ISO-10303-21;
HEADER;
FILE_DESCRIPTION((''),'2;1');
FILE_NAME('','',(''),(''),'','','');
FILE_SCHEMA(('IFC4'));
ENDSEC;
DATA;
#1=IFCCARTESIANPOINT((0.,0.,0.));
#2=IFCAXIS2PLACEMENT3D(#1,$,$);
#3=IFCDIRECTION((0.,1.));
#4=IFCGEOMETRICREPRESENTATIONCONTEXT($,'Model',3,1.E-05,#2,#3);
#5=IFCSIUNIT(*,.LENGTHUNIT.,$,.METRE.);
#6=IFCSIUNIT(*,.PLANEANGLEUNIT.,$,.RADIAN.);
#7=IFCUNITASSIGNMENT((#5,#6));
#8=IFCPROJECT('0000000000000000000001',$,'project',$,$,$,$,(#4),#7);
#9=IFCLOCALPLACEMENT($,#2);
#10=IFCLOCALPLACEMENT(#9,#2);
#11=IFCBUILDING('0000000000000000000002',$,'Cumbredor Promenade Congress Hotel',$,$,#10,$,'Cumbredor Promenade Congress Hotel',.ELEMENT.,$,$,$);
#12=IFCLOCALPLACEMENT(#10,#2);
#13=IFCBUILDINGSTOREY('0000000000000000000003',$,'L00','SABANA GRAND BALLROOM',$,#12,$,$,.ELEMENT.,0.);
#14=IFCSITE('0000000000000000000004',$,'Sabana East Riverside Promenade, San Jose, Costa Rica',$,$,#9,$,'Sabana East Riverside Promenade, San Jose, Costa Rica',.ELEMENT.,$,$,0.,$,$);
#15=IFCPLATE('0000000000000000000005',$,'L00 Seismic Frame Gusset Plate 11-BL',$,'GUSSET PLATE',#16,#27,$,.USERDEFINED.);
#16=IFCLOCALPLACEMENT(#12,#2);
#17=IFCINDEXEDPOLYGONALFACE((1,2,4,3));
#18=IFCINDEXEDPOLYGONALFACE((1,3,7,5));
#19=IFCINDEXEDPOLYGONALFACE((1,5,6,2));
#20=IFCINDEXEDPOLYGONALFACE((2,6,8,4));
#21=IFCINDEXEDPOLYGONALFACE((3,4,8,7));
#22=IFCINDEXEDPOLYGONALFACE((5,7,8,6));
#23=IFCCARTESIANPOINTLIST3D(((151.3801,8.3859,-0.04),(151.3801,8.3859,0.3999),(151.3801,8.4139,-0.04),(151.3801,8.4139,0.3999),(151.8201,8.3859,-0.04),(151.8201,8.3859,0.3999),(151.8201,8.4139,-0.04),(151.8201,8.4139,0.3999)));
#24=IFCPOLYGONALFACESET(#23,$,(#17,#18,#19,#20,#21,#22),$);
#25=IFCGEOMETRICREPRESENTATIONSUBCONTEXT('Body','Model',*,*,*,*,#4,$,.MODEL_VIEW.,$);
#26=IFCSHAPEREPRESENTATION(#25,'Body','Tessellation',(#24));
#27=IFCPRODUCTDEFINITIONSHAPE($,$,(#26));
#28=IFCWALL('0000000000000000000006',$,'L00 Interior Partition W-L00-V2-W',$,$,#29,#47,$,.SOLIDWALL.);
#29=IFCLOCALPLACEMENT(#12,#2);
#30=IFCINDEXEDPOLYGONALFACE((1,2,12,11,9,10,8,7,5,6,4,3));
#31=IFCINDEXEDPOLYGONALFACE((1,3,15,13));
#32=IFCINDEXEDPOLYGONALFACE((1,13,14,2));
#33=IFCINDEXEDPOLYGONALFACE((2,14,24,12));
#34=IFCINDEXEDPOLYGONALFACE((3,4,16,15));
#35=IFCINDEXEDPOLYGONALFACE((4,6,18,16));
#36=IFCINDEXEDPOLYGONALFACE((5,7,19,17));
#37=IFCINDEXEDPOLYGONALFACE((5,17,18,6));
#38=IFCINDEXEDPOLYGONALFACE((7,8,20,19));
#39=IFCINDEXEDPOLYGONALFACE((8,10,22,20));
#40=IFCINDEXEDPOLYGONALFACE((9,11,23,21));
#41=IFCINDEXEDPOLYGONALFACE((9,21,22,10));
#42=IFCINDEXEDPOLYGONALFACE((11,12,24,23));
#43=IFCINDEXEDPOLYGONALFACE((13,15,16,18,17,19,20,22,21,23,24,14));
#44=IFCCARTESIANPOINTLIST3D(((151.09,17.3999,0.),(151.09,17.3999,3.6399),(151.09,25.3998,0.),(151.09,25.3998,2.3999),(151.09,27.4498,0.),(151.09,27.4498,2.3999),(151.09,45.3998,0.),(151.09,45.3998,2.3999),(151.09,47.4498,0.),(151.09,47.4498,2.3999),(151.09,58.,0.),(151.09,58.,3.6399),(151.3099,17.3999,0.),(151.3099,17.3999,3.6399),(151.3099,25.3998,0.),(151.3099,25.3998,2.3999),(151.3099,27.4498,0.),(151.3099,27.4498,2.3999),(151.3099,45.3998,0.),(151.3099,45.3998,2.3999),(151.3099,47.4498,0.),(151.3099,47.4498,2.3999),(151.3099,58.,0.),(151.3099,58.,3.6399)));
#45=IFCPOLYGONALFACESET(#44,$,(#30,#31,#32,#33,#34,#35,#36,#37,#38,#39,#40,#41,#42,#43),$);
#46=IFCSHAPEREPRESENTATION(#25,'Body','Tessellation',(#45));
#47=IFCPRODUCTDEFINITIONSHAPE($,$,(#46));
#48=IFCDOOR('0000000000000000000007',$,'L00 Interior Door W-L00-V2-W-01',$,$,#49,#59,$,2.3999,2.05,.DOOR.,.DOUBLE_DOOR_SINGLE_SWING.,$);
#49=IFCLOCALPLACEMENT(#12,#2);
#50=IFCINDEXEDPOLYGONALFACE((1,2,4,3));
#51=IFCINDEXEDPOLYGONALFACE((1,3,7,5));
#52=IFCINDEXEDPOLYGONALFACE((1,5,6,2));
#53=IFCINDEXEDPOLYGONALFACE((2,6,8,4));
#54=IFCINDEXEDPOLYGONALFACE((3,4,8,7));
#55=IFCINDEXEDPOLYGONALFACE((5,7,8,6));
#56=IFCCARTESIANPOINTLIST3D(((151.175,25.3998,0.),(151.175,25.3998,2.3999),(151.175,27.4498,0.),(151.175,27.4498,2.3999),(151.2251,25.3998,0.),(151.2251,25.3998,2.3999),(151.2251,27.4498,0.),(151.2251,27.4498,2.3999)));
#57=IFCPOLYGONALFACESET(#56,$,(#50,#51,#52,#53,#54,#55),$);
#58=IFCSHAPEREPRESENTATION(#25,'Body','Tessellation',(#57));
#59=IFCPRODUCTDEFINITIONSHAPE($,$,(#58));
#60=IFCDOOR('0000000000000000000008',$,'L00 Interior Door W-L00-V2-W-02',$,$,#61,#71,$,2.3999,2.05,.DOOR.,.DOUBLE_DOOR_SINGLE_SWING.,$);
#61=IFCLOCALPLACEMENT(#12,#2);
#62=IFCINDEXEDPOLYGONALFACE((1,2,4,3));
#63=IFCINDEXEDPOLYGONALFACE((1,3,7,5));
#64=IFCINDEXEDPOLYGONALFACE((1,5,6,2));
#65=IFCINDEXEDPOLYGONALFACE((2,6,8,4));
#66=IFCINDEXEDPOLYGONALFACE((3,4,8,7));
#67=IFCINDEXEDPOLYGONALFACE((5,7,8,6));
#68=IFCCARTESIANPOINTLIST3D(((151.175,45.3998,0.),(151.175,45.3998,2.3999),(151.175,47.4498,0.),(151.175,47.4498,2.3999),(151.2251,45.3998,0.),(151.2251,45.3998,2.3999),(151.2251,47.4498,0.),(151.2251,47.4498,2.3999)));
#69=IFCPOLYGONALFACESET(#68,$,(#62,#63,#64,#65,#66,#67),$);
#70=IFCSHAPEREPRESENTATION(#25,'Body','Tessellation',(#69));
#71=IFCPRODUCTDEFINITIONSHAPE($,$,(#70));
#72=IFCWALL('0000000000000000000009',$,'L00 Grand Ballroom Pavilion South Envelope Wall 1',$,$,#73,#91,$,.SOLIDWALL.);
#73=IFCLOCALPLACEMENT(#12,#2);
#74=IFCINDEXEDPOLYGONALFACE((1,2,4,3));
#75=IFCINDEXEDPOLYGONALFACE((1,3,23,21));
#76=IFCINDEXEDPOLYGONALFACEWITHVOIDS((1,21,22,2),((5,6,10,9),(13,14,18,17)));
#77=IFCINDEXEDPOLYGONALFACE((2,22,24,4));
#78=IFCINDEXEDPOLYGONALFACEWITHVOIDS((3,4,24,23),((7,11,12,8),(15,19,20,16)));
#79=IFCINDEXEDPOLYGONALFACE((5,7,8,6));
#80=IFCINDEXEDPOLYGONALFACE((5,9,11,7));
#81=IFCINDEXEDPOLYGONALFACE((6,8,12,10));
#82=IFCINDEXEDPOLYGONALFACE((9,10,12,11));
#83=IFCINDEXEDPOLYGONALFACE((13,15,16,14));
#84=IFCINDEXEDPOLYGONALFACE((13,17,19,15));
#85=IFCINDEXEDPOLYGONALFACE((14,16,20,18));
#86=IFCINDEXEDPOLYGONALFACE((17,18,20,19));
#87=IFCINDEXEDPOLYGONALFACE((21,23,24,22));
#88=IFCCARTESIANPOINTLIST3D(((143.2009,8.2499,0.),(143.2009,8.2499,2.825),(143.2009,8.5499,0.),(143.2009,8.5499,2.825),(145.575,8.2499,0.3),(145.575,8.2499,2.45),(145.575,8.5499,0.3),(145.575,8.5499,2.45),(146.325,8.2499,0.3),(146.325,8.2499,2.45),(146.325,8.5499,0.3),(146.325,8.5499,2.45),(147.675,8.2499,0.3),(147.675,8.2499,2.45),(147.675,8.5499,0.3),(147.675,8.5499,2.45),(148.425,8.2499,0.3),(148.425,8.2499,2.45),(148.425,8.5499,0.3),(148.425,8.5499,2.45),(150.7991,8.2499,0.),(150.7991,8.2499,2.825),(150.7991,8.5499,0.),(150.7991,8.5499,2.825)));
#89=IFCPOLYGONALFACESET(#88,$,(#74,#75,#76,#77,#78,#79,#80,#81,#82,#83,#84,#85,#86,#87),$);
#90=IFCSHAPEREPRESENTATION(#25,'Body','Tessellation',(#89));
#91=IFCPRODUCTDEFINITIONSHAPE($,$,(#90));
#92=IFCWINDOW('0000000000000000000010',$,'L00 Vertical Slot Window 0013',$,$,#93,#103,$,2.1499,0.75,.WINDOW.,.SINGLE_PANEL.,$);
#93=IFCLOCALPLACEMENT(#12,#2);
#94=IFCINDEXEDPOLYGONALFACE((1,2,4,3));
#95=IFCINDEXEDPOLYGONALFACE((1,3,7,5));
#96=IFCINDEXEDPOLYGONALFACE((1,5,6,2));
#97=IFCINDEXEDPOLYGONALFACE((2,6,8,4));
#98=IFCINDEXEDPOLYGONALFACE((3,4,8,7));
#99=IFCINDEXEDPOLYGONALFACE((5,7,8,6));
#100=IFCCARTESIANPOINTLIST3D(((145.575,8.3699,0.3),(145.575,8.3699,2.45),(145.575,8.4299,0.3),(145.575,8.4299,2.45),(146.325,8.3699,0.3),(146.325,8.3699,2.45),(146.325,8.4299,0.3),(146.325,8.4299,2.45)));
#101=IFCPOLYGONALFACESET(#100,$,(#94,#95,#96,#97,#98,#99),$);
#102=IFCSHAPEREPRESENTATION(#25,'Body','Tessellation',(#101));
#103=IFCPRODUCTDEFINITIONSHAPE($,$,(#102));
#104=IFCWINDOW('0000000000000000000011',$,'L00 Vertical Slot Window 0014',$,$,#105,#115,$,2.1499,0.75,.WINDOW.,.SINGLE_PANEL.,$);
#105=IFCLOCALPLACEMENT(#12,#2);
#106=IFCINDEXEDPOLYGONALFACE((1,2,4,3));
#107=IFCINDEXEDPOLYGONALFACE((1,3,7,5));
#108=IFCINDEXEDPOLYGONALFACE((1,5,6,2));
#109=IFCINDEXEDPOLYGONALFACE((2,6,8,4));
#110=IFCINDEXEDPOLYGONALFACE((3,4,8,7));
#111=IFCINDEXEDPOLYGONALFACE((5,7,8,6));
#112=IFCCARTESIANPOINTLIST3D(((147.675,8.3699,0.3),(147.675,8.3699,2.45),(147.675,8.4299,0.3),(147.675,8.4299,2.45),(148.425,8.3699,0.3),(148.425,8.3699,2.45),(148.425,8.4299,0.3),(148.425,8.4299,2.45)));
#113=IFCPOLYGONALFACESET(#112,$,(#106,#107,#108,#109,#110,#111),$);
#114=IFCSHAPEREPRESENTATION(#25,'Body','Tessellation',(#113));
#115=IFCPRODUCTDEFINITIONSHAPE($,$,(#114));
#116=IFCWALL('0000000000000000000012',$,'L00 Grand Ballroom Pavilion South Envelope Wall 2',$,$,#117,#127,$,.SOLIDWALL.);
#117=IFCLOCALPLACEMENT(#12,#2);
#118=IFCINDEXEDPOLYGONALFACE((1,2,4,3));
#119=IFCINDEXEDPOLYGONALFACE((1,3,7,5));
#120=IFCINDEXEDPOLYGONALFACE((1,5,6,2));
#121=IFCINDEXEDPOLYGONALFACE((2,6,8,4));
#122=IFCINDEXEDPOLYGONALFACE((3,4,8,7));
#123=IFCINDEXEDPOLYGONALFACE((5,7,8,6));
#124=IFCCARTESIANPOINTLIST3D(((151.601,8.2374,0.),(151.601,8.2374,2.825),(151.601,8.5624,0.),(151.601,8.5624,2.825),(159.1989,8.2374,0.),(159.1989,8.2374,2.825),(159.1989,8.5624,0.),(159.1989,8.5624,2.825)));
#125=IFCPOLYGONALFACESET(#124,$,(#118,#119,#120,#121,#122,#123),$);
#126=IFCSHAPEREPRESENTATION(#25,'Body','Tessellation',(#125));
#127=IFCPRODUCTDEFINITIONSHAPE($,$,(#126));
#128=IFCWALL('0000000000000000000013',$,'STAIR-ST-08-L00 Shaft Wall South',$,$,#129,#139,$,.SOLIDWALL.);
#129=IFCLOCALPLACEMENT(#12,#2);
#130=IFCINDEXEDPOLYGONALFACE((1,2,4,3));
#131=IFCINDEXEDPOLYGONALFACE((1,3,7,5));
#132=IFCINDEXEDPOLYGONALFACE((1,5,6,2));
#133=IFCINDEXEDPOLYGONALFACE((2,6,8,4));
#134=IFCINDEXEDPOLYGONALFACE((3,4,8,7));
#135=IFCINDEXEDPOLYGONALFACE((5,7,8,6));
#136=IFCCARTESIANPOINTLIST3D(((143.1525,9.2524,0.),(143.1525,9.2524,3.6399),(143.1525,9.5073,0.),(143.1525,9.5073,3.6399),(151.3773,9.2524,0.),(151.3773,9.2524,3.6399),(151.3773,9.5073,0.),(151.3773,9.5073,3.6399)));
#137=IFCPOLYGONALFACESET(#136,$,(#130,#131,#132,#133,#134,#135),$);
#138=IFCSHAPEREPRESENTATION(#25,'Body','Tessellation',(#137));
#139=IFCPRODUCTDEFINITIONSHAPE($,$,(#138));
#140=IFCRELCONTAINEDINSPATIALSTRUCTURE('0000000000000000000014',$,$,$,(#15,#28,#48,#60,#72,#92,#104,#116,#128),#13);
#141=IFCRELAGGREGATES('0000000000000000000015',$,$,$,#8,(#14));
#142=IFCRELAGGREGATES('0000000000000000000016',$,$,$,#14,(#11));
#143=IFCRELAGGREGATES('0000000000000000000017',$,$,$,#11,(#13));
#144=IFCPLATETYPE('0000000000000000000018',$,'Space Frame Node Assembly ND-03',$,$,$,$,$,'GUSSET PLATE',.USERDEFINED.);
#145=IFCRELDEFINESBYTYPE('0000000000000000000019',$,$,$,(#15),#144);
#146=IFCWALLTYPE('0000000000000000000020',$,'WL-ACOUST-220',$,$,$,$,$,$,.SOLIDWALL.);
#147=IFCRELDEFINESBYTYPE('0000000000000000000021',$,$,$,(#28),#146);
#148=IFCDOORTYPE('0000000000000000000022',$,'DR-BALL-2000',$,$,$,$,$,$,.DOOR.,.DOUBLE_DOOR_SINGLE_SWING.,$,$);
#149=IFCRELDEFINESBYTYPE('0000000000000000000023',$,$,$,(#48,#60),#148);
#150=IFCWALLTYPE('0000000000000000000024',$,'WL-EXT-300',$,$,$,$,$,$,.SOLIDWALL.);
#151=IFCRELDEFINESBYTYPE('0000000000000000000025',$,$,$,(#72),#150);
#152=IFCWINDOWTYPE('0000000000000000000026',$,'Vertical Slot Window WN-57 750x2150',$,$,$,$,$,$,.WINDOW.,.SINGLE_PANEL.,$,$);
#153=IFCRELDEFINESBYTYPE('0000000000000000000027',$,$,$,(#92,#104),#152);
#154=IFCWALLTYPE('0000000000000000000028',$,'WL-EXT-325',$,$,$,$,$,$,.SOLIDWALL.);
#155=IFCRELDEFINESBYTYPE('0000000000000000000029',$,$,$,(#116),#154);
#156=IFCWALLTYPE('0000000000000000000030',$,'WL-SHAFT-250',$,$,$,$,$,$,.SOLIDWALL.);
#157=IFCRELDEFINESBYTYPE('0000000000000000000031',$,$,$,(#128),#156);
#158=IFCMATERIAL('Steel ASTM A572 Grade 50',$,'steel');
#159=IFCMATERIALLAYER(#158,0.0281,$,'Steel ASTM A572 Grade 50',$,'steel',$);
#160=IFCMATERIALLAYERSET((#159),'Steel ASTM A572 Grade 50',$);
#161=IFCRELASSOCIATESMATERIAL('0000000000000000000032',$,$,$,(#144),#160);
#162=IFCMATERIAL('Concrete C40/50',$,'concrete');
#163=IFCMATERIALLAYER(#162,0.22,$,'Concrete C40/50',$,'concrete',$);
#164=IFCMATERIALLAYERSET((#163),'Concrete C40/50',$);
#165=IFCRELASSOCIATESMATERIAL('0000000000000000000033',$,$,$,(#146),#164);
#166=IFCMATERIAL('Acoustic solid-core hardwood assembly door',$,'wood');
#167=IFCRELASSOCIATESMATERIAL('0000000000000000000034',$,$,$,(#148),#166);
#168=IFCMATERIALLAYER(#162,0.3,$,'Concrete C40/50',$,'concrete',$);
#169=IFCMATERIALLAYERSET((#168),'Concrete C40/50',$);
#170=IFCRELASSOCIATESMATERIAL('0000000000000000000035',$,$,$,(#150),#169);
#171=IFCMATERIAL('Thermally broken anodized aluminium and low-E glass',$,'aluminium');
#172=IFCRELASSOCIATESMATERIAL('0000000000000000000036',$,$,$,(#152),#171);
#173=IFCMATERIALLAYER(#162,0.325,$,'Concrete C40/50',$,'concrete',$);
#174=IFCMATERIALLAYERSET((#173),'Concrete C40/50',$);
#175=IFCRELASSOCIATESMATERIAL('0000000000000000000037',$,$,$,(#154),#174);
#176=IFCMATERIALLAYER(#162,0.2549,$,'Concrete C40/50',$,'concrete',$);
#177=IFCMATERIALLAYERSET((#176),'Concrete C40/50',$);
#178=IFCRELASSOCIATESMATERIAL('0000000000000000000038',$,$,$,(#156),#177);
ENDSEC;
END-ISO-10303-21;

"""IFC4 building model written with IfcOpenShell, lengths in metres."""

from ifc_helpers import new_model, si_unit, direction, frame, frame_2d, origin, origin_2d, place, context, subcontext, project, spatial, rectangle, extrude, material, layer, layer_set, type_object, element, fill, save


model = new_model("IFC4")

# Units and contexts
model_context = context("Model", 3, precision=1e-05, world=origin(), true_north=direction((0.0, 1.0)))
body_context = subcontext(model_context, "Body", "Model", "MODEL_VIEW")
ifc_project = project(units=[si_unit("LENGTHUNIT", "METRE"), si_unit("PLANEANGLEUNIT", "RADIAN")], contexts=[model_context])

# Site, building, storey
site_placement = place(None, origin())
site = spatial("IfcSite", under=ifc_project, at=site_placement, Name="Sabana East Riverside Promenade, San Jose, Costa Rica", LongName="Sabana East Riverside Promenade, San Jose, Costa Rica", CompositionType="ELEMENT", RefElevation=0.0)
building_placement = place(site_placement, origin())
building = spatial("IfcBuilding", under=site, at=building_placement, Name="Cumbredor Promenade Congress Hotel", LongName="Cumbredor Promenade Congress Hotel", CompositionType="ELEMENT")
storey_placement = place(building_placement, origin())
storey = spatial("IfcBuildingStorey", under=building, at=storey_placement, Name="L00", Description="SABANA GRAND BALLROOM", CompositionType="ELEMENT", Elevation=0.0)

# Plate
ifc_material_1 = material(Name="Steel ASTM A572 Grade 50", Category="steel")
ifc_layer_1 = layer(ifc_material_1, 0.0281, Name="Steel ASTM A572 Grade 50", Category="steel")
ifc_layer_set_1 = layer_set([ifc_layer_1], Name="Steel ASTM A572 Grade 50")
plate_type_1 = type_object("IfcPlateType", Name="Space Frame Node Assembly ND-03", ElementType="GUSSET PLATE", PredefinedType="USERDEFINED", material=ifc_layer_set_1)
plate_1_placement = place(storey_placement, frame((151.6001, 8.3999, -0.04), z_axis=(0.0, 0.0, 1.0), x_axis=(1.0, 0.0, 0.0)))
element("IfcPlate", 1, at=plate_1_placement, inside=storey, type_object=plate_type_1, Name="L00 Seismic Frame Gusset Plate 11-BL", ObjectType="GUSSET PLATE", PredefinedType="USERDEFINED", context=body_context, shape_type="SweptSolid", body=[
    extrude(rectangle(XDim=0.4399, YDim=0.0281, at=origin_2d()), origin(), (0.0, 0.0, 1.0), 0.4399),
])

# Wall, openings, doors
ifc_material_2 = material(Name="Concrete C40/50", Category="concrete")
ifc_layer_2 = layer(ifc_material_2, 0.22, Name="Concrete C40/50", Category="concrete")
ifc_layer_set_2 = layer_set([ifc_layer_2], Name="Concrete C40/50")
wall_type_1 = type_object("IfcWallType", Name="WL-ACOUST-220", PredefinedType="SOLIDWALL", material=ifc_layer_set_2)
wall_1_placement = place(storey_placement, frame((151.2, 17.3999, 0.0), z_axis=(0.0, 0.0, 1.0), x_axis=(0.0, 1.0, 0.0)))
wall_1 = element("IfcWall", 2, at=wall_1_placement, inside=storey, type_object=wall_type_1, Name="L00 Interior Partition W-L00-V2-W", PredefinedType="SOLIDWALL", context=body_context, shape_type="SweptSolid", body=[
    extrude(rectangle(XDim=40.6001, YDim=0.22, at=frame_2d((20.3, 0.0))), origin(), (0.0, 0.0, 1.0), 3.6399),
])
opening_1_placement = place(wall_1_placement, frame((8.0, 0.0, 0.0)))
opening_1 = element("IfcOpeningElement", 3, at=opening_1_placement, cuts=wall_1, PredefinedType="OPENING", context=body_context, shape_type="SweptSolid", body=[
    extrude(rectangle(XDim=2.05, YDim=2.3999, at=frame_2d((1.0249, 1.2))), frame((0.0, 0.1201, 0.0), z_axis=(0.0, -1.0, 0.0), x_axis=(1.0, 0.0, 0.0)), (0.0, 0.0, 1.0), 0.24),
])
opening_2_placement = place(wall_1_placement, frame((28.0, 0.0, 0.0)))
opening_2 = element("IfcOpeningElement", 4, at=opening_2_placement, cuts=wall_1, PredefinedType="OPENING", context=body_context, shape_type="SweptSolid", body=[
    extrude(rectangle(XDim=2.05, YDim=2.3999, at=frame_2d((1.0249, 1.2))), frame((0.0, 0.1201, 0.0), z_axis=(0.0, -1.0, 0.0), x_axis=(1.0, 0.0, 0.0)), (0.0, 0.0, 1.0), 0.24),
])
ifc_material_3 = material(Name="Acoustic solid-core hardwood assembly door", Category="wood")
door_type_1 = type_object("IfcDoorType", Name="DR-BALL-2000", OperationType="DOUBLE_DOOR_SINGLE_SWING", PredefinedType="DOOR", material=ifc_material_3)
door_1_placement = place(opening_1_placement, origin())
door_1 = element("IfcDoor", 5, at=door_1_placement, inside=storey, type_object=door_type_1, Name="L00 Interior Door W-L00-V2-W-01", OperationType="DOUBLE_DOOR_SINGLE_SWING", OverallHeight=2.3999, OverallWidth=2.05, PredefinedType="DOOR", context=body_context, shape_type="SweptSolid", body=[
    extrude(rectangle(XDim=2.05, YDim=2.3999, at=frame_2d((1.0249, 1.2))), frame((0.0, 0.0249, 0.0), z_axis=(0.0, -1.0, 0.0), x_axis=(1.0, 0.0, 0.0)), (0.0, 0.0, 1.0), 0.05),
])
fill(opening_1, door_1)
door_2_placement = place(opening_2_placement, origin())
door_2 = element("IfcDoor", 6, at=door_2_placement, inside=storey, type_object=door_type_1, Name="L00 Interior Door W-L00-V2-W-02", OperationType="DOUBLE_DOOR_SINGLE_SWING", OverallHeight=2.3999, OverallWidth=2.05, PredefinedType="DOOR", context=body_context, shape_type="SweptSolid", body=[
    extrude(rectangle(XDim=2.05, YDim=2.3999, at=frame_2d((1.0249, 1.2))), frame((0.0, 0.0249, 0.0), z_axis=(0.0, -1.0, 0.0), x_axis=(1.0, 0.0, 0.0)), (0.0, 0.0, 1.0), 0.05),
])
fill(opening_2, door_2)

# Wall, openings, windows
ifc_layer_3 = layer(ifc_material_2, 0.3, Name="Concrete C40/50", Category="concrete")
ifc_layer_set_3 = layer_set([ifc_layer_3], Name="Concrete C40/50")
wall_type_2 = type_object("IfcWallType", Name="WL-EXT-300", PredefinedType="SOLIDWALL", material=ifc_layer_set_3)
wall_2_placement = place(storey_placement, frame((143.2009, 8.3999, 0.0), z_axis=(0.0, 0.0, 1.0), x_axis=(1.0, 0.0, 0.0)))
wall_2 = element("IfcWall", 7, at=wall_2_placement, inside=storey, type_object=wall_type_2, Name="L00 Grand Ballroom Pavilion South Envelope Wall 1", PredefinedType="SOLIDWALL", context=body_context, shape_type="SweptSolid", body=[
    extrude(rectangle(XDim=7.5981, YDim=0.3, at=frame_2d((3.7991, 0.0))), origin(), (0.0, 0.0, 1.0), 2.825),
])
opening_3_placement = place(wall_2_placement, frame((2.374, 0.0, 0.3)))
opening_3 = element("IfcOpeningElement", 8, at=opening_3_placement, cuts=wall_2, PredefinedType="OPENING", context=body_context, shape_type="SweptSolid", body=[
    extrude(rectangle(XDim=0.75, YDim=2.1499, at=frame_2d((0.375, 1.075))), frame((0.0, 0.1602, 0.0), z_axis=(0.0, -1.0, 0.0), x_axis=(1.0, 0.0, 0.0)), (0.0, 0.0, 1.0), 0.3201),
])
opening_4_placement = place(wall_2_placement, frame((4.4741, 0.0, 0.3)))
opening_4 = element("IfcOpeningElement", 9, at=opening_4_placement, cuts=wall_2, PredefinedType="OPENING", context=body_context, shape_type="SweptSolid", body=[
    extrude(rectangle(XDim=0.75, YDim=2.1499, at=frame_2d((0.375, 1.075))), frame((0.0, 0.1602, 0.0), z_axis=(0.0, -1.0, 0.0), x_axis=(1.0, 0.0, 0.0)), (0.0, 0.0, 1.0), 0.3201),
])
ifc_material_4 = material(Name="Thermally broken anodized aluminium and low-E glass", Category="aluminium")
window_type = type_object("IfcWindowType", Name="Vertical Slot Window WN-57 750x2150", PartitioningType="SINGLE_PANEL", PredefinedType="WINDOW", material=ifc_material_4)
window_1_placement = place(opening_3_placement, origin())
window_1 = element("IfcWindow", 10, at=window_1_placement, inside=storey, type_object=window_type, Name="L00 Vertical Slot Window 0013", OverallHeight=2.1499, OverallWidth=0.75, PartitioningType="SINGLE_PANEL", PredefinedType="WINDOW", context=body_context, shape_type="SweptSolid", body=[
    extrude(rectangle(XDim=0.75, YDim=2.1499, at=frame_2d((0.375, 1.075))), frame((0.0, 0.03, 0.0), z_axis=(0.0, -1.0, 0.0), x_axis=(1.0, 0.0, 0.0)), (0.0, 0.0, 1.0), 0.0601),
])
fill(opening_3, window_1)
window_2_placement = place(opening_4_placement, origin())
window_2 = element("IfcWindow", 11, at=window_2_placement, inside=storey, type_object=window_type, Name="L00 Vertical Slot Window 0014", OverallHeight=2.1499, OverallWidth=0.75, PartitioningType="SINGLE_PANEL", PredefinedType="WINDOW", context=body_context, shape_type="SweptSolid", body=[
    extrude(rectangle(XDim=0.75, YDim=2.1499, at=frame_2d((0.375, 1.075))), frame((0.0, 0.03, 0.0), z_axis=(0.0, -1.0, 0.0), x_axis=(1.0, 0.0, 0.0)), (0.0, 0.0, 1.0), 0.0601),
])
fill(opening_4, window_2)

# Walls
ifc_layer_4 = layer(ifc_material_2, 0.325, Name="Concrete C40/50", Category="concrete")
ifc_layer_set_4 = layer_set([ifc_layer_4], Name="Concrete C40/50")
wall_type_3 = type_object("IfcWallType", Name="WL-EXT-325", PredefinedType="SOLIDWALL", material=ifc_layer_set_4)
wall_3_placement = place(storey_placement, frame((151.6011, 8.3999, 0.0), z_axis=(0.0, 0.0, 1.0), x_axis=(1.0, 0.0, 0.0)))
element("IfcWall", 12, at=wall_3_placement, inside=storey, type_object=wall_type_3, Name="L00 Grand Ballroom Pavilion South Envelope Wall 2", PredefinedType="SOLIDWALL", context=body_context, shape_type="SweptSolid", body=[
    extrude(rectangle(XDim=7.5979, YDim=0.325, at=frame_2d((3.7988, 0.0))), origin(), (0.0, 0.0, 1.0), 2.825),
])
ifc_layer_5 = layer(ifc_material_2, 0.2549, Name="Concrete C40/50", Category="concrete")
ifc_layer_set_5 = layer_set([ifc_layer_5], Name="Concrete C40/50")
wall_type_4 = type_object("IfcWallType", Name="WL-SHAFT-250", PredefinedType="SOLIDWALL", material=ifc_layer_set_5)
wall_4_placement = place(storey_placement, frame((143.1526, 9.3799, 0.0), z_axis=(0.0, 0.0, 1.0), x_axis=(1.0, 0.0, 0.0)))
element("IfcWall", 13, at=wall_4_placement, inside=storey, type_object=wall_type_4, Name="STAIR-ST-08-L00 Shaft Wall South", PredefinedType="SOLIDWALL", context=body_context, shape_type="SweptSolid", body=[
    extrude(rectangle(XDim=8.2249, YDim=0.2549, at=frame_2d((4.1123, 0.0))), origin(), (0.0, 0.0, 1.0), 3.6399),
])

save(model, "model.ifc")
